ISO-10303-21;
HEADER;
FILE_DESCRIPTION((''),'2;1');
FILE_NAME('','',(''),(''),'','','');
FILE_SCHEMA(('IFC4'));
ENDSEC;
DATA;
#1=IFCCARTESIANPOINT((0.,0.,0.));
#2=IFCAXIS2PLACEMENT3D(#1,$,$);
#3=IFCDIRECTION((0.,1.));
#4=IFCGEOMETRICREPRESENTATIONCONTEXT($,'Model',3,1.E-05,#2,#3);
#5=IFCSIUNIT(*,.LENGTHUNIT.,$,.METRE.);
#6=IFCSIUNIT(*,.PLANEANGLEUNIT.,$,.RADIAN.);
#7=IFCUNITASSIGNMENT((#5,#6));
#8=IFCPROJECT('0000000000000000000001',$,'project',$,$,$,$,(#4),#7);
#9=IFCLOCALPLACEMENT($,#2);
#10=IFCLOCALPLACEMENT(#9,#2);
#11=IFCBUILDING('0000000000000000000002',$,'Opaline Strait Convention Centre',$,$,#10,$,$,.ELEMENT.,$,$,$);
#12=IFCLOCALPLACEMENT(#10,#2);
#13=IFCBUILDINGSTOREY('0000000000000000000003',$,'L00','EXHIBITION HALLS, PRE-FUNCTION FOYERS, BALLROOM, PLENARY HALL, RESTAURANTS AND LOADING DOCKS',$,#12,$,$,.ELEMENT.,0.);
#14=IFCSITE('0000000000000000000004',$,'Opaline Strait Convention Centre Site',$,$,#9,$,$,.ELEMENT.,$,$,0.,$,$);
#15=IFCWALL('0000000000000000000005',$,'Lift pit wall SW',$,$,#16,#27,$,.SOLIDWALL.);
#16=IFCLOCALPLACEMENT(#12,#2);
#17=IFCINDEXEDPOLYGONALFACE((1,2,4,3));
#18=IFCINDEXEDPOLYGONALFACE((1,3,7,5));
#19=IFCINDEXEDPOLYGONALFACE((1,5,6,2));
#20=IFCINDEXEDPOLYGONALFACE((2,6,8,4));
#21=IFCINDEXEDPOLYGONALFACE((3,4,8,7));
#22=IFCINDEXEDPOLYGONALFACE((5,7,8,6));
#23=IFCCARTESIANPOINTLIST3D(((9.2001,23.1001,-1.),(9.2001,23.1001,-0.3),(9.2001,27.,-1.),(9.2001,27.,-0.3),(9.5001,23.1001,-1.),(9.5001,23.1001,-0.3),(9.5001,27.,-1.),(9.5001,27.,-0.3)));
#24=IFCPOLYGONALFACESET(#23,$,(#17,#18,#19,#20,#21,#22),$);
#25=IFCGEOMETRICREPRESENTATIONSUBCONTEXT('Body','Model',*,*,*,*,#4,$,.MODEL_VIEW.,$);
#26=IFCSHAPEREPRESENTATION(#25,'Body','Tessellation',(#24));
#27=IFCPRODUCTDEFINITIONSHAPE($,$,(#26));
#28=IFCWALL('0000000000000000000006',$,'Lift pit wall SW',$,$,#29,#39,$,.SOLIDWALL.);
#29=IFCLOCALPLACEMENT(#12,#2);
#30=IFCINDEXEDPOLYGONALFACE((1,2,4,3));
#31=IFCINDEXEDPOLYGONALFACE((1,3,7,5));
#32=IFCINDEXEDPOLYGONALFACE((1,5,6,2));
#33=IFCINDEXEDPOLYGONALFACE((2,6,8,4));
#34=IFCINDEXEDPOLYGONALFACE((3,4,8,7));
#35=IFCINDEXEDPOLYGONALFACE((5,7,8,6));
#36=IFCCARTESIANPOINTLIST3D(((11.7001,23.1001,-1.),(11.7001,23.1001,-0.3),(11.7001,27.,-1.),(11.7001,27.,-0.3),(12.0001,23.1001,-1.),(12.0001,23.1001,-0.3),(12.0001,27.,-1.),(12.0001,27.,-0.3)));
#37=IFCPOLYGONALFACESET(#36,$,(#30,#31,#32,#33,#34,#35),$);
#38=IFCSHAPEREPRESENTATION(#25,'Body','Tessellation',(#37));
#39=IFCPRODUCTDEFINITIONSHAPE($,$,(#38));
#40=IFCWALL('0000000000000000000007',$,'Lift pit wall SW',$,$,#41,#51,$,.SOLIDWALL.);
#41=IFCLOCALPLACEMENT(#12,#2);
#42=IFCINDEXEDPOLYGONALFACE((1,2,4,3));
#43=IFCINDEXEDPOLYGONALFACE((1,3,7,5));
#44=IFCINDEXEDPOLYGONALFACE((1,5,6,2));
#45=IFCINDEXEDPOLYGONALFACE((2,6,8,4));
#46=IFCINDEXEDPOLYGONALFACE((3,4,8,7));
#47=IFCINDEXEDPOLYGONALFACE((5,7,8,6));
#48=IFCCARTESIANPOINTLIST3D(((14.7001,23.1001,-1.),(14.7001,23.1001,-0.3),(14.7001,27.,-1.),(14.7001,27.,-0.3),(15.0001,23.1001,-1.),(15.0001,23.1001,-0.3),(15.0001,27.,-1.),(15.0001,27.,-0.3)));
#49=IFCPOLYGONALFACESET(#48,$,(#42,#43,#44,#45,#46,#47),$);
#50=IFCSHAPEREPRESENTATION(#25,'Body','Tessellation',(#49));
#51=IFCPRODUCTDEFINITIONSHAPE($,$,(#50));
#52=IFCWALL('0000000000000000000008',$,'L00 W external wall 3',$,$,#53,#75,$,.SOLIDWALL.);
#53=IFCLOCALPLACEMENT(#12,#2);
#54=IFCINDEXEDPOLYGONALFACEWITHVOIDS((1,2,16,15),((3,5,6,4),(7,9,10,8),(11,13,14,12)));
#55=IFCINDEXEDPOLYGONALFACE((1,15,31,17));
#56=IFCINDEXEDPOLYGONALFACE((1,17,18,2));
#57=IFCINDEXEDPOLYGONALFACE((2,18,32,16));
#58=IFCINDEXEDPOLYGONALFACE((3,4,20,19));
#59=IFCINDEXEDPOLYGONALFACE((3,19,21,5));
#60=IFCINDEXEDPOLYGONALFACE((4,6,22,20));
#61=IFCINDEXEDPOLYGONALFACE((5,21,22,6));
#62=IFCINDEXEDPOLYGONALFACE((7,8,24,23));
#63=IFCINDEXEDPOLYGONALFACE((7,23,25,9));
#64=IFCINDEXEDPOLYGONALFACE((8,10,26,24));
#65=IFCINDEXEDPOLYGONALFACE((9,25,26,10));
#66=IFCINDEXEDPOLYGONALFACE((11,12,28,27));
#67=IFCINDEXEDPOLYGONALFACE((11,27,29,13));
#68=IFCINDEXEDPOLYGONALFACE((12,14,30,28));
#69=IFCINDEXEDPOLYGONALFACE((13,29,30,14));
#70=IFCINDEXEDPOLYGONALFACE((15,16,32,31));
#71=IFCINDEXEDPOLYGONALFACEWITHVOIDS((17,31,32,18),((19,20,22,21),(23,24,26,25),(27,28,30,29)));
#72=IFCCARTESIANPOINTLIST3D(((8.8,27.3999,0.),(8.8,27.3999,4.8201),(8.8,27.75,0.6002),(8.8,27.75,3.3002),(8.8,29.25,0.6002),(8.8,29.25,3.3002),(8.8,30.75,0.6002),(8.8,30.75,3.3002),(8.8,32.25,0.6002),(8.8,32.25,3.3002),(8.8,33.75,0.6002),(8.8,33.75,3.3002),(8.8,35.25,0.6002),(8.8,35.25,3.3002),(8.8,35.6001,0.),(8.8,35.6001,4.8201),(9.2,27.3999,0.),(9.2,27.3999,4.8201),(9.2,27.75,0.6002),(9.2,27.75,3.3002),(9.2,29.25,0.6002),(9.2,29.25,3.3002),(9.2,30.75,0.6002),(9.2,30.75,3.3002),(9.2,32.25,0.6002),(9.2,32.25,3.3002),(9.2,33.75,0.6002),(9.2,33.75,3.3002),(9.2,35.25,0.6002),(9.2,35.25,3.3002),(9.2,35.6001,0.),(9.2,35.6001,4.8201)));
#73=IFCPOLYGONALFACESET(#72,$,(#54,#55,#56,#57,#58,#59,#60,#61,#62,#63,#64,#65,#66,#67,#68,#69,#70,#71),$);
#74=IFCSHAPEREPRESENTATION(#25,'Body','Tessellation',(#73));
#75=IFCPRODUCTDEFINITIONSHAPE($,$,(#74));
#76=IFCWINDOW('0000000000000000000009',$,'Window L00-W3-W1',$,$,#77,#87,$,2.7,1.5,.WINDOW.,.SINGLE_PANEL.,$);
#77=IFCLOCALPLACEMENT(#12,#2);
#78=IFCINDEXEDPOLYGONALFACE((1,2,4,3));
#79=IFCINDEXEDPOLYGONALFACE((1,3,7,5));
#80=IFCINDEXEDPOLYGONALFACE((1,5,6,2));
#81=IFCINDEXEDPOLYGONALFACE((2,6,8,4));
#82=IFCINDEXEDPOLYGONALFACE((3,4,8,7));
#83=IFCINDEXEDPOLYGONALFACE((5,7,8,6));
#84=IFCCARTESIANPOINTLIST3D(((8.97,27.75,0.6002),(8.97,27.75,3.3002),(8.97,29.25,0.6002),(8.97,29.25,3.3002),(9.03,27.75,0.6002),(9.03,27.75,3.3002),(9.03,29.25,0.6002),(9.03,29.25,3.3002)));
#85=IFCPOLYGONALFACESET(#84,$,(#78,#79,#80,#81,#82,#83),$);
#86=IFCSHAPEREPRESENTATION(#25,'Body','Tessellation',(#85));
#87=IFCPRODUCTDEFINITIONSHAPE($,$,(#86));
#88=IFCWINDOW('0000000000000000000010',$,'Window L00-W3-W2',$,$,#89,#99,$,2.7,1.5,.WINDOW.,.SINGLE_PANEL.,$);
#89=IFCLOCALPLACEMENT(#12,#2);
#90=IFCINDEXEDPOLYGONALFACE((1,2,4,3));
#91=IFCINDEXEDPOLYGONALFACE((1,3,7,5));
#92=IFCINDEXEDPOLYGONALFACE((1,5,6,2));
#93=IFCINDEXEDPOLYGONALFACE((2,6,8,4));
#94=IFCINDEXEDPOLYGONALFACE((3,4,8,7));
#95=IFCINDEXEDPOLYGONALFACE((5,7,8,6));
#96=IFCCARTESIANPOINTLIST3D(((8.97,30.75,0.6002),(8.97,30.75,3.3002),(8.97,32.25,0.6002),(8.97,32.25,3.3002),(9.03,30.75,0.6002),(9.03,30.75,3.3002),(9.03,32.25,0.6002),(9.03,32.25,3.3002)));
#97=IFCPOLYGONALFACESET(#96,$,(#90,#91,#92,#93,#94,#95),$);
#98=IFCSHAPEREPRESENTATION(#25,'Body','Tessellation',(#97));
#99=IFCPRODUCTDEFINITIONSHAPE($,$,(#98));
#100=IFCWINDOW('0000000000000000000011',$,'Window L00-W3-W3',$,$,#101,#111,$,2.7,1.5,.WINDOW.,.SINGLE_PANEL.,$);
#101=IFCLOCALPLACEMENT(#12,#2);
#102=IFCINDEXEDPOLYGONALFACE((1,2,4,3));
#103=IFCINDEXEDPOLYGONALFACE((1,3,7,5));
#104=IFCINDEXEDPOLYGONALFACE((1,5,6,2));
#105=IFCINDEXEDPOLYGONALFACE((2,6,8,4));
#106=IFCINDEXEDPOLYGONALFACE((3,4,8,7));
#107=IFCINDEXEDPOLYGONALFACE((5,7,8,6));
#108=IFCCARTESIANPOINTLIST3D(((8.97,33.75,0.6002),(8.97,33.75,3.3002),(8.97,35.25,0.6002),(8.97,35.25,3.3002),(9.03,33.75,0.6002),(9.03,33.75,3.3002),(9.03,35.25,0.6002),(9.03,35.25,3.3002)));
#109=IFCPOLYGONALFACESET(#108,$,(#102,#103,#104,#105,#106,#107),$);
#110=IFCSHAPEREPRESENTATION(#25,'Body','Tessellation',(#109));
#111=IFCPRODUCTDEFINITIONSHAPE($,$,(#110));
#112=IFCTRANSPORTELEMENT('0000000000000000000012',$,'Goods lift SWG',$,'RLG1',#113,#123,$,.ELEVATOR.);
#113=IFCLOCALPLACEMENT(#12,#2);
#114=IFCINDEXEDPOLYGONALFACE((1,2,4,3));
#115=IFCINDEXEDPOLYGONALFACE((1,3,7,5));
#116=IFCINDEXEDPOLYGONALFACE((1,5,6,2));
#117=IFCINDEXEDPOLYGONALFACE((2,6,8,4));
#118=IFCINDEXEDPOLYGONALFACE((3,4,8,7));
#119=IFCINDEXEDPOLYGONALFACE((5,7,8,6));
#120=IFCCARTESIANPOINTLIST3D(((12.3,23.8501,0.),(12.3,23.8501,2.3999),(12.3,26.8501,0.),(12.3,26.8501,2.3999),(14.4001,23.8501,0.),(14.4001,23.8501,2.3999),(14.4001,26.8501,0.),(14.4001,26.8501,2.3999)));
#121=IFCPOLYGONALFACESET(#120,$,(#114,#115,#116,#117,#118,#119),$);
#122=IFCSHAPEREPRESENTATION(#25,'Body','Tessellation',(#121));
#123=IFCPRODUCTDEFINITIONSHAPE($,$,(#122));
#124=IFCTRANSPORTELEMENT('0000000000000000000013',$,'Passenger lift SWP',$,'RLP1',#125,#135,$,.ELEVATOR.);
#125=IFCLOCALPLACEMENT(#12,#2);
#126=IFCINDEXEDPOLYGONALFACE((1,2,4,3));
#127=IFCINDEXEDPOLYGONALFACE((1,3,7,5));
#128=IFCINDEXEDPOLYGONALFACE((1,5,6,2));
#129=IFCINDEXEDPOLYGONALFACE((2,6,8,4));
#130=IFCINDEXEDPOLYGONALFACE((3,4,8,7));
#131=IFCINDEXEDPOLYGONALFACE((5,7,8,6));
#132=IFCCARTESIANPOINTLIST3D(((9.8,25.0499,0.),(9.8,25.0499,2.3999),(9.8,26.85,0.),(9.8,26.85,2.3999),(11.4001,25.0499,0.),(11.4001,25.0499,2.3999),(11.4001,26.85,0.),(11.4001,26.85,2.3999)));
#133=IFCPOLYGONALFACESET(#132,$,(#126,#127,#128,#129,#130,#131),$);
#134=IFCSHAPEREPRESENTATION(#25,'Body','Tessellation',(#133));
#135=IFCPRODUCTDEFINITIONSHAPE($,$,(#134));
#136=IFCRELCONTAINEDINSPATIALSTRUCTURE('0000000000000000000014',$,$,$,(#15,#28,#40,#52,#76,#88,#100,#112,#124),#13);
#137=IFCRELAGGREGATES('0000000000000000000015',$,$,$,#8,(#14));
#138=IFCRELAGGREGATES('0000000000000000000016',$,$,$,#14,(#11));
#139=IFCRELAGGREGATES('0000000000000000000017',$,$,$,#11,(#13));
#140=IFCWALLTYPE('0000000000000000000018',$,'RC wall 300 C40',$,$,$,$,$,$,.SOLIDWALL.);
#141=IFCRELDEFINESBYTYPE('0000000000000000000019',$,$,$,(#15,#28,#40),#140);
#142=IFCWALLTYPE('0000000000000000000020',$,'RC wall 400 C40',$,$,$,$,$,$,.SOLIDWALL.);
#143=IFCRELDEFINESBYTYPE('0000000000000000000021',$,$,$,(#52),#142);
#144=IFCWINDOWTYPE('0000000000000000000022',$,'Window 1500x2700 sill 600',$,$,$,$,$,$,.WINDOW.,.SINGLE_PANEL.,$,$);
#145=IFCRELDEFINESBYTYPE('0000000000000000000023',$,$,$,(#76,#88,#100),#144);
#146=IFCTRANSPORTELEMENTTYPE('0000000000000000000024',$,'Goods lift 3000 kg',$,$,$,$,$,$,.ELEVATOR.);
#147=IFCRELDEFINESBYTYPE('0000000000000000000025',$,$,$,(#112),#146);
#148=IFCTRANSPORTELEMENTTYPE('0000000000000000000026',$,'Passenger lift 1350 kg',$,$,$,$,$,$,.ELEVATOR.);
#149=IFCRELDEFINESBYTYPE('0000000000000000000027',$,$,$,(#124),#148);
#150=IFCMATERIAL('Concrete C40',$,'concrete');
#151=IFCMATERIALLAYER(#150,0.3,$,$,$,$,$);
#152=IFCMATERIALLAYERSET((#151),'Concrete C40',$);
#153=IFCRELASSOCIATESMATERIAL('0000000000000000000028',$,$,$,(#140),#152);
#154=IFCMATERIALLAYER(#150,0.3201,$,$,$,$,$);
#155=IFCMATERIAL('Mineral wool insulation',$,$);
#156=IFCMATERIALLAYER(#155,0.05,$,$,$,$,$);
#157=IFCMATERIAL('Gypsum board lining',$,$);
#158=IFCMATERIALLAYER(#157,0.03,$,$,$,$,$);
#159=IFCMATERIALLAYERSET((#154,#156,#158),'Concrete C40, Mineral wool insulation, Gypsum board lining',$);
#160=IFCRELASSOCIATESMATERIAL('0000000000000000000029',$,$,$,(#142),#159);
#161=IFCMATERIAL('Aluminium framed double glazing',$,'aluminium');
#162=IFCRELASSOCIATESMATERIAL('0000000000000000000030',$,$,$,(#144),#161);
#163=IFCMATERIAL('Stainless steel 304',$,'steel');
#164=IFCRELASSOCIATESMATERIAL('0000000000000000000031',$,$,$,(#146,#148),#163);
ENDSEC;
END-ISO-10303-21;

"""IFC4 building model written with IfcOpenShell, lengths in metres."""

from ifc_helpers import new_model, si_unit, direction, frame, frame_2d, origin, origin_2d, place, context, subcontext, project, spatial, rectangle, extrude, material, layer, layer_set, type_object, element, fill, save


model = new_model("IFC4")

# Units and contexts
model_context = context("Model", 3, precision=1e-05, world=origin(), true_north=direction((0.0, 1.0)))
body_context = subcontext(model_context, "Body", "Model", "MODEL_VIEW")
ifc_project = project(units=[si_unit("LENGTHUNIT", "METRE"), si_unit("PLANEANGLEUNIT", "RADIAN")], contexts=[model_context])

# Site, building, storey
site_placement = place(None, origin())
site = spatial("IfcSite", under=ifc_project, at=site_placement, Name="Opaline Strait Convention Centre Site", CompositionType="ELEMENT", RefElevation=0.0)
building_placement = place(site_placement, origin())
building = spatial("IfcBuilding", under=site, at=building_placement, Name="Opaline Strait Convention Centre", CompositionType="ELEMENT")
storey_placement = place(building_placement, origin())
storey = spatial("IfcBuildingStorey", under=building, at=storey_placement, Name="L00", Description="EXHIBITION HALLS, PRE-FUNCTION FOYERS, BALLROOM, PLENARY HALL, RESTAURANTS AND LOADING DOCKS", CompositionType="ELEMENT", Elevation=0.0)

# Shared definitions
ifc_material_1 = material(Name="Concrete C40", Category="concrete")

# Shared definitions
ifc_layer_1 = layer(ifc_material_1, 0.3)
ifc_layer_set_1 = layer_set([ifc_layer_1], Name="Concrete C40")
wall_type_1 = type_object("IfcWallType", Name="RC wall 300 C40", PredefinedType="SOLIDWALL", material=ifc_layer_set_1)

# Walls
for number, where, z_axis, x_axis, name in (
    (1, (9.3501, 23.1001, -1.0), (0.0, 0.0, 1.0), (0.0, 1.0, 0.0), "Lift pit wall SW"),
    (2, (11.8501, 23.1001, -1.0), (0.0, 0.0, 1.0), (0.0, 1.0, 0.0), "Lift pit wall SW"),
    (3, (14.8501, 23.1001, -1.0), (0.0, 0.0, 1.0), (0.0, 1.0, 0.0), "Lift pit wall SW"),
):
    element("IfcWall", number, at=place(storey_placement, frame(where, z_axis=z_axis, x_axis=x_axis)), inside=storey, type_object=wall_type_1, Name=name, PredefinedType="SOLIDWALL", context=body_context, shape_type="SweptSolid", body=[
        extrude(rectangle(XDim=3.8999, YDim=0.3, at=frame_2d((1.95, 0.0))), origin(), (0.0, 0.0, 1.0), 0.7),
    ])

# Wall, openings, windows
ifc_layer_2 = layer(ifc_material_1, 0.3201)
ifc_material_2 = material(Name="Mineral wool insulation")
ifc_layer_3 = layer(ifc_material_2, 0.05)
ifc_material_3 = material(Name="Gypsum board lining")
ifc_layer_4 = layer(ifc_material_3, 0.03)
ifc_layer_set_2 = layer_set([ifc_layer_2, ifc_layer_3, ifc_layer_4], Name="Concrete C40, Mineral wool insulation, Gypsum board lining")
wall_type_2 = type_object("IfcWallType", Name="RC wall 400 C40", PredefinedType="SOLIDWALL", material=ifc_layer_set_2)
wall_1_placement = place(storey_placement, frame((9.0, 27.3999, 0.0), z_axis=(0.0, 0.0, 1.0), x_axis=(0.0, 1.0, 0.0)))
wall_1 = element("IfcWall", 4, at=wall_1_placement, inside=storey, type_object=wall_type_2, Name="L00 W external wall 3", PredefinedType="SOLIDWALL", context=body_context, shape_type="SweptSolid", body=[
    extrude(rectangle(XDim=8.2002, YDim=0.3999, at=frame_2d((4.1001, 0.0))), origin(), (0.0, 0.0, 1.0), 4.8201),
])
opening_1_placement = place(wall_1_placement, frame((0.3501, 0.0, 0.6001)))
opening_1 = element("IfcOpeningElement", 5, at=opening_1_placement, cuts=wall_1, PredefinedType="OPENING", context=body_context, shape_type="SweptSolid", body=[
    extrude(rectangle(XDim=1.5, YDim=2.7, at=frame_2d((0.75, 1.3501))), frame((0.0, 0.21, 0.0), z_axis=(0.0, -1.0, 0.0), x_axis=(1.0, 0.0, 0.0)), (0.0, 0.0, 1.0), 0.4199),
])
opening_2_placement = place(wall_1_placement, frame((3.3501, 0.0, 0.6001)))
opening_2 = element("IfcOpeningElement", 6, at=opening_2_placement, cuts=wall_1, PredefinedType="OPENING", context=body_context, shape_type="SweptSolid", body=[
    extrude(rectangle(XDim=1.5, YDim=2.7, at=frame_2d((0.75, 1.3501))), frame((0.0, 0.21, 0.0), z_axis=(0.0, -1.0, 0.0), x_axis=(1.0, 0.0, 0.0)), (0.0, 0.0, 1.0), 0.4199),
])
opening_3_placement = place(wall_1_placement, frame((6.3501, 0.0, 0.6001)))
opening_3 = element("IfcOpeningElement", 7, at=opening_3_placement, cuts=wall_1, PredefinedType="OPENING", context=body_context, shape_type="SweptSolid", body=[
    extrude(rectangle(XDim=1.5, YDim=2.7, at=frame_2d((0.75, 1.3501))), frame((0.0, 0.21, 0.0), z_axis=(0.0, -1.0, 0.0), x_axis=(1.0, 0.0, 0.0)), (0.0, 0.0, 1.0), 0.4199),
])
ifc_material_4 = material(Name="Aluminium framed double glazing", Category="aluminium")
window_type = type_object("IfcWindowType", Name="Window 1500x2700 sill 600", PartitioningType="SINGLE_PANEL", PredefinedType="WINDOW", material=ifc_material_4)
window_1_placement = place(opening_1_placement, origin())
window_1 = element("IfcWindow", 8, at=window_1_placement, inside=storey, type_object=window_type, Name="Window L00-W3-W1", OverallHeight=2.7, OverallWidth=1.5, PartitioningType="SINGLE_PANEL", PredefinedType="WINDOW", context=body_context, shape_type="SweptSolid", body=[
    extrude(rectangle(XDim=1.5, YDim=2.7, at=frame_2d((0.75, 1.3501))), frame((0.0, 0.03, 0.0), z_axis=(0.0, -1.0, 0.0), x_axis=(1.0, 0.0, 0.0)), (0.0, 0.0, 1.0), 0.0601),
])
fill(opening_1, window_1)
window_2_placement = place(opening_2_placement, origin())
window_2 = element("IfcWindow", 9, at=window_2_placement, inside=storey, type_object=window_type, Name="Window L00-W3-W2", OverallHeight=2.7, OverallWidth=1.5, PartitioningType="SINGLE_PANEL", PredefinedType="WINDOW", context=body_context, shape_type="SweptSolid", body=[
    extrude(rectangle(XDim=1.5, YDim=2.7, at=frame_2d((0.75, 1.3501))), frame((0.0, 0.03, 0.0), z_axis=(0.0, -1.0, 0.0), x_axis=(1.0, 0.0, 0.0)), (0.0, 0.0, 1.0), 0.0601),
])
fill(opening_2, window_2)
window_3_placement = place(opening_3_placement, origin())
window_3 = element("IfcWindow", 10, at=window_3_placement, inside=storey, type_object=window_type, Name="Window L00-W3-W3", OverallHeight=2.7, OverallWidth=1.5, PartitioningType="SINGLE_PANEL", PredefinedType="WINDOW", context=body_context, shape_type="SweptSolid", body=[
    extrude(rectangle(XDim=1.5, YDim=2.7, at=frame_2d((0.75, 1.3501))), frame((0.0, 0.03, 0.0), z_axis=(0.0, -1.0, 0.0), x_axis=(1.0, 0.0, 0.0)), (0.0, 0.0, 1.0), 0.0601),
])
fill(opening_3, window_3)

# Transport elements
ifc_material_5 = material(Name="Stainless steel 304", Category="steel")
transport_element_type_1 = type_object("IfcTransportElementType", Name="Goods lift 3000 kg", PredefinedType="ELEVATOR", material=ifc_material_5)
transport_element_1_placement = place(storey_placement, frame((13.3501, 25.3501, 0.0), z_axis=(0.0, 0.0, 1.0), x_axis=(1.0, 0.0, 0.0)))
element("IfcTransportElement", 11, at=transport_element_1_placement, inside=storey, type_object=transport_element_type_1, Name="Goods lift SWG", ObjectType="RLG1", PredefinedType="ELEVATOR", context=body_context, shape_type="SweptSolid", body=[
    extrude(rectangle(XDim=2.1001, YDim=3.0, at=origin_2d()), origin(), (0.0, 0.0, 1.0), 2.3999),
])
transport_element_type_2 = type_object("IfcTransportElementType", Name="Passenger lift 1350 kg", PredefinedType="ELEVATOR", material=ifc_material_5)
transport_element_2_placement = place(storey_placement, frame((10.6001, 25.95, 0.0), z_axis=(0.0, 0.0, 1.0), x_axis=(1.0, 0.0, 0.0)))
element("IfcTransportElement", 12, at=transport_element_2_placement, inside=storey, type_object=transport_element_type_2, Name="Passenger lift SWP", ObjectType="RLP1", PredefinedType="ELEVATOR", context=body_context, shape_type="SweptSolid", body=[
    extrude(rectangle(XDim=1.6001, YDim=1.8, at=origin_2d()), origin(), (0.0, 0.0, 1.0), 2.3999),
])

save(model, "model.ifc")
